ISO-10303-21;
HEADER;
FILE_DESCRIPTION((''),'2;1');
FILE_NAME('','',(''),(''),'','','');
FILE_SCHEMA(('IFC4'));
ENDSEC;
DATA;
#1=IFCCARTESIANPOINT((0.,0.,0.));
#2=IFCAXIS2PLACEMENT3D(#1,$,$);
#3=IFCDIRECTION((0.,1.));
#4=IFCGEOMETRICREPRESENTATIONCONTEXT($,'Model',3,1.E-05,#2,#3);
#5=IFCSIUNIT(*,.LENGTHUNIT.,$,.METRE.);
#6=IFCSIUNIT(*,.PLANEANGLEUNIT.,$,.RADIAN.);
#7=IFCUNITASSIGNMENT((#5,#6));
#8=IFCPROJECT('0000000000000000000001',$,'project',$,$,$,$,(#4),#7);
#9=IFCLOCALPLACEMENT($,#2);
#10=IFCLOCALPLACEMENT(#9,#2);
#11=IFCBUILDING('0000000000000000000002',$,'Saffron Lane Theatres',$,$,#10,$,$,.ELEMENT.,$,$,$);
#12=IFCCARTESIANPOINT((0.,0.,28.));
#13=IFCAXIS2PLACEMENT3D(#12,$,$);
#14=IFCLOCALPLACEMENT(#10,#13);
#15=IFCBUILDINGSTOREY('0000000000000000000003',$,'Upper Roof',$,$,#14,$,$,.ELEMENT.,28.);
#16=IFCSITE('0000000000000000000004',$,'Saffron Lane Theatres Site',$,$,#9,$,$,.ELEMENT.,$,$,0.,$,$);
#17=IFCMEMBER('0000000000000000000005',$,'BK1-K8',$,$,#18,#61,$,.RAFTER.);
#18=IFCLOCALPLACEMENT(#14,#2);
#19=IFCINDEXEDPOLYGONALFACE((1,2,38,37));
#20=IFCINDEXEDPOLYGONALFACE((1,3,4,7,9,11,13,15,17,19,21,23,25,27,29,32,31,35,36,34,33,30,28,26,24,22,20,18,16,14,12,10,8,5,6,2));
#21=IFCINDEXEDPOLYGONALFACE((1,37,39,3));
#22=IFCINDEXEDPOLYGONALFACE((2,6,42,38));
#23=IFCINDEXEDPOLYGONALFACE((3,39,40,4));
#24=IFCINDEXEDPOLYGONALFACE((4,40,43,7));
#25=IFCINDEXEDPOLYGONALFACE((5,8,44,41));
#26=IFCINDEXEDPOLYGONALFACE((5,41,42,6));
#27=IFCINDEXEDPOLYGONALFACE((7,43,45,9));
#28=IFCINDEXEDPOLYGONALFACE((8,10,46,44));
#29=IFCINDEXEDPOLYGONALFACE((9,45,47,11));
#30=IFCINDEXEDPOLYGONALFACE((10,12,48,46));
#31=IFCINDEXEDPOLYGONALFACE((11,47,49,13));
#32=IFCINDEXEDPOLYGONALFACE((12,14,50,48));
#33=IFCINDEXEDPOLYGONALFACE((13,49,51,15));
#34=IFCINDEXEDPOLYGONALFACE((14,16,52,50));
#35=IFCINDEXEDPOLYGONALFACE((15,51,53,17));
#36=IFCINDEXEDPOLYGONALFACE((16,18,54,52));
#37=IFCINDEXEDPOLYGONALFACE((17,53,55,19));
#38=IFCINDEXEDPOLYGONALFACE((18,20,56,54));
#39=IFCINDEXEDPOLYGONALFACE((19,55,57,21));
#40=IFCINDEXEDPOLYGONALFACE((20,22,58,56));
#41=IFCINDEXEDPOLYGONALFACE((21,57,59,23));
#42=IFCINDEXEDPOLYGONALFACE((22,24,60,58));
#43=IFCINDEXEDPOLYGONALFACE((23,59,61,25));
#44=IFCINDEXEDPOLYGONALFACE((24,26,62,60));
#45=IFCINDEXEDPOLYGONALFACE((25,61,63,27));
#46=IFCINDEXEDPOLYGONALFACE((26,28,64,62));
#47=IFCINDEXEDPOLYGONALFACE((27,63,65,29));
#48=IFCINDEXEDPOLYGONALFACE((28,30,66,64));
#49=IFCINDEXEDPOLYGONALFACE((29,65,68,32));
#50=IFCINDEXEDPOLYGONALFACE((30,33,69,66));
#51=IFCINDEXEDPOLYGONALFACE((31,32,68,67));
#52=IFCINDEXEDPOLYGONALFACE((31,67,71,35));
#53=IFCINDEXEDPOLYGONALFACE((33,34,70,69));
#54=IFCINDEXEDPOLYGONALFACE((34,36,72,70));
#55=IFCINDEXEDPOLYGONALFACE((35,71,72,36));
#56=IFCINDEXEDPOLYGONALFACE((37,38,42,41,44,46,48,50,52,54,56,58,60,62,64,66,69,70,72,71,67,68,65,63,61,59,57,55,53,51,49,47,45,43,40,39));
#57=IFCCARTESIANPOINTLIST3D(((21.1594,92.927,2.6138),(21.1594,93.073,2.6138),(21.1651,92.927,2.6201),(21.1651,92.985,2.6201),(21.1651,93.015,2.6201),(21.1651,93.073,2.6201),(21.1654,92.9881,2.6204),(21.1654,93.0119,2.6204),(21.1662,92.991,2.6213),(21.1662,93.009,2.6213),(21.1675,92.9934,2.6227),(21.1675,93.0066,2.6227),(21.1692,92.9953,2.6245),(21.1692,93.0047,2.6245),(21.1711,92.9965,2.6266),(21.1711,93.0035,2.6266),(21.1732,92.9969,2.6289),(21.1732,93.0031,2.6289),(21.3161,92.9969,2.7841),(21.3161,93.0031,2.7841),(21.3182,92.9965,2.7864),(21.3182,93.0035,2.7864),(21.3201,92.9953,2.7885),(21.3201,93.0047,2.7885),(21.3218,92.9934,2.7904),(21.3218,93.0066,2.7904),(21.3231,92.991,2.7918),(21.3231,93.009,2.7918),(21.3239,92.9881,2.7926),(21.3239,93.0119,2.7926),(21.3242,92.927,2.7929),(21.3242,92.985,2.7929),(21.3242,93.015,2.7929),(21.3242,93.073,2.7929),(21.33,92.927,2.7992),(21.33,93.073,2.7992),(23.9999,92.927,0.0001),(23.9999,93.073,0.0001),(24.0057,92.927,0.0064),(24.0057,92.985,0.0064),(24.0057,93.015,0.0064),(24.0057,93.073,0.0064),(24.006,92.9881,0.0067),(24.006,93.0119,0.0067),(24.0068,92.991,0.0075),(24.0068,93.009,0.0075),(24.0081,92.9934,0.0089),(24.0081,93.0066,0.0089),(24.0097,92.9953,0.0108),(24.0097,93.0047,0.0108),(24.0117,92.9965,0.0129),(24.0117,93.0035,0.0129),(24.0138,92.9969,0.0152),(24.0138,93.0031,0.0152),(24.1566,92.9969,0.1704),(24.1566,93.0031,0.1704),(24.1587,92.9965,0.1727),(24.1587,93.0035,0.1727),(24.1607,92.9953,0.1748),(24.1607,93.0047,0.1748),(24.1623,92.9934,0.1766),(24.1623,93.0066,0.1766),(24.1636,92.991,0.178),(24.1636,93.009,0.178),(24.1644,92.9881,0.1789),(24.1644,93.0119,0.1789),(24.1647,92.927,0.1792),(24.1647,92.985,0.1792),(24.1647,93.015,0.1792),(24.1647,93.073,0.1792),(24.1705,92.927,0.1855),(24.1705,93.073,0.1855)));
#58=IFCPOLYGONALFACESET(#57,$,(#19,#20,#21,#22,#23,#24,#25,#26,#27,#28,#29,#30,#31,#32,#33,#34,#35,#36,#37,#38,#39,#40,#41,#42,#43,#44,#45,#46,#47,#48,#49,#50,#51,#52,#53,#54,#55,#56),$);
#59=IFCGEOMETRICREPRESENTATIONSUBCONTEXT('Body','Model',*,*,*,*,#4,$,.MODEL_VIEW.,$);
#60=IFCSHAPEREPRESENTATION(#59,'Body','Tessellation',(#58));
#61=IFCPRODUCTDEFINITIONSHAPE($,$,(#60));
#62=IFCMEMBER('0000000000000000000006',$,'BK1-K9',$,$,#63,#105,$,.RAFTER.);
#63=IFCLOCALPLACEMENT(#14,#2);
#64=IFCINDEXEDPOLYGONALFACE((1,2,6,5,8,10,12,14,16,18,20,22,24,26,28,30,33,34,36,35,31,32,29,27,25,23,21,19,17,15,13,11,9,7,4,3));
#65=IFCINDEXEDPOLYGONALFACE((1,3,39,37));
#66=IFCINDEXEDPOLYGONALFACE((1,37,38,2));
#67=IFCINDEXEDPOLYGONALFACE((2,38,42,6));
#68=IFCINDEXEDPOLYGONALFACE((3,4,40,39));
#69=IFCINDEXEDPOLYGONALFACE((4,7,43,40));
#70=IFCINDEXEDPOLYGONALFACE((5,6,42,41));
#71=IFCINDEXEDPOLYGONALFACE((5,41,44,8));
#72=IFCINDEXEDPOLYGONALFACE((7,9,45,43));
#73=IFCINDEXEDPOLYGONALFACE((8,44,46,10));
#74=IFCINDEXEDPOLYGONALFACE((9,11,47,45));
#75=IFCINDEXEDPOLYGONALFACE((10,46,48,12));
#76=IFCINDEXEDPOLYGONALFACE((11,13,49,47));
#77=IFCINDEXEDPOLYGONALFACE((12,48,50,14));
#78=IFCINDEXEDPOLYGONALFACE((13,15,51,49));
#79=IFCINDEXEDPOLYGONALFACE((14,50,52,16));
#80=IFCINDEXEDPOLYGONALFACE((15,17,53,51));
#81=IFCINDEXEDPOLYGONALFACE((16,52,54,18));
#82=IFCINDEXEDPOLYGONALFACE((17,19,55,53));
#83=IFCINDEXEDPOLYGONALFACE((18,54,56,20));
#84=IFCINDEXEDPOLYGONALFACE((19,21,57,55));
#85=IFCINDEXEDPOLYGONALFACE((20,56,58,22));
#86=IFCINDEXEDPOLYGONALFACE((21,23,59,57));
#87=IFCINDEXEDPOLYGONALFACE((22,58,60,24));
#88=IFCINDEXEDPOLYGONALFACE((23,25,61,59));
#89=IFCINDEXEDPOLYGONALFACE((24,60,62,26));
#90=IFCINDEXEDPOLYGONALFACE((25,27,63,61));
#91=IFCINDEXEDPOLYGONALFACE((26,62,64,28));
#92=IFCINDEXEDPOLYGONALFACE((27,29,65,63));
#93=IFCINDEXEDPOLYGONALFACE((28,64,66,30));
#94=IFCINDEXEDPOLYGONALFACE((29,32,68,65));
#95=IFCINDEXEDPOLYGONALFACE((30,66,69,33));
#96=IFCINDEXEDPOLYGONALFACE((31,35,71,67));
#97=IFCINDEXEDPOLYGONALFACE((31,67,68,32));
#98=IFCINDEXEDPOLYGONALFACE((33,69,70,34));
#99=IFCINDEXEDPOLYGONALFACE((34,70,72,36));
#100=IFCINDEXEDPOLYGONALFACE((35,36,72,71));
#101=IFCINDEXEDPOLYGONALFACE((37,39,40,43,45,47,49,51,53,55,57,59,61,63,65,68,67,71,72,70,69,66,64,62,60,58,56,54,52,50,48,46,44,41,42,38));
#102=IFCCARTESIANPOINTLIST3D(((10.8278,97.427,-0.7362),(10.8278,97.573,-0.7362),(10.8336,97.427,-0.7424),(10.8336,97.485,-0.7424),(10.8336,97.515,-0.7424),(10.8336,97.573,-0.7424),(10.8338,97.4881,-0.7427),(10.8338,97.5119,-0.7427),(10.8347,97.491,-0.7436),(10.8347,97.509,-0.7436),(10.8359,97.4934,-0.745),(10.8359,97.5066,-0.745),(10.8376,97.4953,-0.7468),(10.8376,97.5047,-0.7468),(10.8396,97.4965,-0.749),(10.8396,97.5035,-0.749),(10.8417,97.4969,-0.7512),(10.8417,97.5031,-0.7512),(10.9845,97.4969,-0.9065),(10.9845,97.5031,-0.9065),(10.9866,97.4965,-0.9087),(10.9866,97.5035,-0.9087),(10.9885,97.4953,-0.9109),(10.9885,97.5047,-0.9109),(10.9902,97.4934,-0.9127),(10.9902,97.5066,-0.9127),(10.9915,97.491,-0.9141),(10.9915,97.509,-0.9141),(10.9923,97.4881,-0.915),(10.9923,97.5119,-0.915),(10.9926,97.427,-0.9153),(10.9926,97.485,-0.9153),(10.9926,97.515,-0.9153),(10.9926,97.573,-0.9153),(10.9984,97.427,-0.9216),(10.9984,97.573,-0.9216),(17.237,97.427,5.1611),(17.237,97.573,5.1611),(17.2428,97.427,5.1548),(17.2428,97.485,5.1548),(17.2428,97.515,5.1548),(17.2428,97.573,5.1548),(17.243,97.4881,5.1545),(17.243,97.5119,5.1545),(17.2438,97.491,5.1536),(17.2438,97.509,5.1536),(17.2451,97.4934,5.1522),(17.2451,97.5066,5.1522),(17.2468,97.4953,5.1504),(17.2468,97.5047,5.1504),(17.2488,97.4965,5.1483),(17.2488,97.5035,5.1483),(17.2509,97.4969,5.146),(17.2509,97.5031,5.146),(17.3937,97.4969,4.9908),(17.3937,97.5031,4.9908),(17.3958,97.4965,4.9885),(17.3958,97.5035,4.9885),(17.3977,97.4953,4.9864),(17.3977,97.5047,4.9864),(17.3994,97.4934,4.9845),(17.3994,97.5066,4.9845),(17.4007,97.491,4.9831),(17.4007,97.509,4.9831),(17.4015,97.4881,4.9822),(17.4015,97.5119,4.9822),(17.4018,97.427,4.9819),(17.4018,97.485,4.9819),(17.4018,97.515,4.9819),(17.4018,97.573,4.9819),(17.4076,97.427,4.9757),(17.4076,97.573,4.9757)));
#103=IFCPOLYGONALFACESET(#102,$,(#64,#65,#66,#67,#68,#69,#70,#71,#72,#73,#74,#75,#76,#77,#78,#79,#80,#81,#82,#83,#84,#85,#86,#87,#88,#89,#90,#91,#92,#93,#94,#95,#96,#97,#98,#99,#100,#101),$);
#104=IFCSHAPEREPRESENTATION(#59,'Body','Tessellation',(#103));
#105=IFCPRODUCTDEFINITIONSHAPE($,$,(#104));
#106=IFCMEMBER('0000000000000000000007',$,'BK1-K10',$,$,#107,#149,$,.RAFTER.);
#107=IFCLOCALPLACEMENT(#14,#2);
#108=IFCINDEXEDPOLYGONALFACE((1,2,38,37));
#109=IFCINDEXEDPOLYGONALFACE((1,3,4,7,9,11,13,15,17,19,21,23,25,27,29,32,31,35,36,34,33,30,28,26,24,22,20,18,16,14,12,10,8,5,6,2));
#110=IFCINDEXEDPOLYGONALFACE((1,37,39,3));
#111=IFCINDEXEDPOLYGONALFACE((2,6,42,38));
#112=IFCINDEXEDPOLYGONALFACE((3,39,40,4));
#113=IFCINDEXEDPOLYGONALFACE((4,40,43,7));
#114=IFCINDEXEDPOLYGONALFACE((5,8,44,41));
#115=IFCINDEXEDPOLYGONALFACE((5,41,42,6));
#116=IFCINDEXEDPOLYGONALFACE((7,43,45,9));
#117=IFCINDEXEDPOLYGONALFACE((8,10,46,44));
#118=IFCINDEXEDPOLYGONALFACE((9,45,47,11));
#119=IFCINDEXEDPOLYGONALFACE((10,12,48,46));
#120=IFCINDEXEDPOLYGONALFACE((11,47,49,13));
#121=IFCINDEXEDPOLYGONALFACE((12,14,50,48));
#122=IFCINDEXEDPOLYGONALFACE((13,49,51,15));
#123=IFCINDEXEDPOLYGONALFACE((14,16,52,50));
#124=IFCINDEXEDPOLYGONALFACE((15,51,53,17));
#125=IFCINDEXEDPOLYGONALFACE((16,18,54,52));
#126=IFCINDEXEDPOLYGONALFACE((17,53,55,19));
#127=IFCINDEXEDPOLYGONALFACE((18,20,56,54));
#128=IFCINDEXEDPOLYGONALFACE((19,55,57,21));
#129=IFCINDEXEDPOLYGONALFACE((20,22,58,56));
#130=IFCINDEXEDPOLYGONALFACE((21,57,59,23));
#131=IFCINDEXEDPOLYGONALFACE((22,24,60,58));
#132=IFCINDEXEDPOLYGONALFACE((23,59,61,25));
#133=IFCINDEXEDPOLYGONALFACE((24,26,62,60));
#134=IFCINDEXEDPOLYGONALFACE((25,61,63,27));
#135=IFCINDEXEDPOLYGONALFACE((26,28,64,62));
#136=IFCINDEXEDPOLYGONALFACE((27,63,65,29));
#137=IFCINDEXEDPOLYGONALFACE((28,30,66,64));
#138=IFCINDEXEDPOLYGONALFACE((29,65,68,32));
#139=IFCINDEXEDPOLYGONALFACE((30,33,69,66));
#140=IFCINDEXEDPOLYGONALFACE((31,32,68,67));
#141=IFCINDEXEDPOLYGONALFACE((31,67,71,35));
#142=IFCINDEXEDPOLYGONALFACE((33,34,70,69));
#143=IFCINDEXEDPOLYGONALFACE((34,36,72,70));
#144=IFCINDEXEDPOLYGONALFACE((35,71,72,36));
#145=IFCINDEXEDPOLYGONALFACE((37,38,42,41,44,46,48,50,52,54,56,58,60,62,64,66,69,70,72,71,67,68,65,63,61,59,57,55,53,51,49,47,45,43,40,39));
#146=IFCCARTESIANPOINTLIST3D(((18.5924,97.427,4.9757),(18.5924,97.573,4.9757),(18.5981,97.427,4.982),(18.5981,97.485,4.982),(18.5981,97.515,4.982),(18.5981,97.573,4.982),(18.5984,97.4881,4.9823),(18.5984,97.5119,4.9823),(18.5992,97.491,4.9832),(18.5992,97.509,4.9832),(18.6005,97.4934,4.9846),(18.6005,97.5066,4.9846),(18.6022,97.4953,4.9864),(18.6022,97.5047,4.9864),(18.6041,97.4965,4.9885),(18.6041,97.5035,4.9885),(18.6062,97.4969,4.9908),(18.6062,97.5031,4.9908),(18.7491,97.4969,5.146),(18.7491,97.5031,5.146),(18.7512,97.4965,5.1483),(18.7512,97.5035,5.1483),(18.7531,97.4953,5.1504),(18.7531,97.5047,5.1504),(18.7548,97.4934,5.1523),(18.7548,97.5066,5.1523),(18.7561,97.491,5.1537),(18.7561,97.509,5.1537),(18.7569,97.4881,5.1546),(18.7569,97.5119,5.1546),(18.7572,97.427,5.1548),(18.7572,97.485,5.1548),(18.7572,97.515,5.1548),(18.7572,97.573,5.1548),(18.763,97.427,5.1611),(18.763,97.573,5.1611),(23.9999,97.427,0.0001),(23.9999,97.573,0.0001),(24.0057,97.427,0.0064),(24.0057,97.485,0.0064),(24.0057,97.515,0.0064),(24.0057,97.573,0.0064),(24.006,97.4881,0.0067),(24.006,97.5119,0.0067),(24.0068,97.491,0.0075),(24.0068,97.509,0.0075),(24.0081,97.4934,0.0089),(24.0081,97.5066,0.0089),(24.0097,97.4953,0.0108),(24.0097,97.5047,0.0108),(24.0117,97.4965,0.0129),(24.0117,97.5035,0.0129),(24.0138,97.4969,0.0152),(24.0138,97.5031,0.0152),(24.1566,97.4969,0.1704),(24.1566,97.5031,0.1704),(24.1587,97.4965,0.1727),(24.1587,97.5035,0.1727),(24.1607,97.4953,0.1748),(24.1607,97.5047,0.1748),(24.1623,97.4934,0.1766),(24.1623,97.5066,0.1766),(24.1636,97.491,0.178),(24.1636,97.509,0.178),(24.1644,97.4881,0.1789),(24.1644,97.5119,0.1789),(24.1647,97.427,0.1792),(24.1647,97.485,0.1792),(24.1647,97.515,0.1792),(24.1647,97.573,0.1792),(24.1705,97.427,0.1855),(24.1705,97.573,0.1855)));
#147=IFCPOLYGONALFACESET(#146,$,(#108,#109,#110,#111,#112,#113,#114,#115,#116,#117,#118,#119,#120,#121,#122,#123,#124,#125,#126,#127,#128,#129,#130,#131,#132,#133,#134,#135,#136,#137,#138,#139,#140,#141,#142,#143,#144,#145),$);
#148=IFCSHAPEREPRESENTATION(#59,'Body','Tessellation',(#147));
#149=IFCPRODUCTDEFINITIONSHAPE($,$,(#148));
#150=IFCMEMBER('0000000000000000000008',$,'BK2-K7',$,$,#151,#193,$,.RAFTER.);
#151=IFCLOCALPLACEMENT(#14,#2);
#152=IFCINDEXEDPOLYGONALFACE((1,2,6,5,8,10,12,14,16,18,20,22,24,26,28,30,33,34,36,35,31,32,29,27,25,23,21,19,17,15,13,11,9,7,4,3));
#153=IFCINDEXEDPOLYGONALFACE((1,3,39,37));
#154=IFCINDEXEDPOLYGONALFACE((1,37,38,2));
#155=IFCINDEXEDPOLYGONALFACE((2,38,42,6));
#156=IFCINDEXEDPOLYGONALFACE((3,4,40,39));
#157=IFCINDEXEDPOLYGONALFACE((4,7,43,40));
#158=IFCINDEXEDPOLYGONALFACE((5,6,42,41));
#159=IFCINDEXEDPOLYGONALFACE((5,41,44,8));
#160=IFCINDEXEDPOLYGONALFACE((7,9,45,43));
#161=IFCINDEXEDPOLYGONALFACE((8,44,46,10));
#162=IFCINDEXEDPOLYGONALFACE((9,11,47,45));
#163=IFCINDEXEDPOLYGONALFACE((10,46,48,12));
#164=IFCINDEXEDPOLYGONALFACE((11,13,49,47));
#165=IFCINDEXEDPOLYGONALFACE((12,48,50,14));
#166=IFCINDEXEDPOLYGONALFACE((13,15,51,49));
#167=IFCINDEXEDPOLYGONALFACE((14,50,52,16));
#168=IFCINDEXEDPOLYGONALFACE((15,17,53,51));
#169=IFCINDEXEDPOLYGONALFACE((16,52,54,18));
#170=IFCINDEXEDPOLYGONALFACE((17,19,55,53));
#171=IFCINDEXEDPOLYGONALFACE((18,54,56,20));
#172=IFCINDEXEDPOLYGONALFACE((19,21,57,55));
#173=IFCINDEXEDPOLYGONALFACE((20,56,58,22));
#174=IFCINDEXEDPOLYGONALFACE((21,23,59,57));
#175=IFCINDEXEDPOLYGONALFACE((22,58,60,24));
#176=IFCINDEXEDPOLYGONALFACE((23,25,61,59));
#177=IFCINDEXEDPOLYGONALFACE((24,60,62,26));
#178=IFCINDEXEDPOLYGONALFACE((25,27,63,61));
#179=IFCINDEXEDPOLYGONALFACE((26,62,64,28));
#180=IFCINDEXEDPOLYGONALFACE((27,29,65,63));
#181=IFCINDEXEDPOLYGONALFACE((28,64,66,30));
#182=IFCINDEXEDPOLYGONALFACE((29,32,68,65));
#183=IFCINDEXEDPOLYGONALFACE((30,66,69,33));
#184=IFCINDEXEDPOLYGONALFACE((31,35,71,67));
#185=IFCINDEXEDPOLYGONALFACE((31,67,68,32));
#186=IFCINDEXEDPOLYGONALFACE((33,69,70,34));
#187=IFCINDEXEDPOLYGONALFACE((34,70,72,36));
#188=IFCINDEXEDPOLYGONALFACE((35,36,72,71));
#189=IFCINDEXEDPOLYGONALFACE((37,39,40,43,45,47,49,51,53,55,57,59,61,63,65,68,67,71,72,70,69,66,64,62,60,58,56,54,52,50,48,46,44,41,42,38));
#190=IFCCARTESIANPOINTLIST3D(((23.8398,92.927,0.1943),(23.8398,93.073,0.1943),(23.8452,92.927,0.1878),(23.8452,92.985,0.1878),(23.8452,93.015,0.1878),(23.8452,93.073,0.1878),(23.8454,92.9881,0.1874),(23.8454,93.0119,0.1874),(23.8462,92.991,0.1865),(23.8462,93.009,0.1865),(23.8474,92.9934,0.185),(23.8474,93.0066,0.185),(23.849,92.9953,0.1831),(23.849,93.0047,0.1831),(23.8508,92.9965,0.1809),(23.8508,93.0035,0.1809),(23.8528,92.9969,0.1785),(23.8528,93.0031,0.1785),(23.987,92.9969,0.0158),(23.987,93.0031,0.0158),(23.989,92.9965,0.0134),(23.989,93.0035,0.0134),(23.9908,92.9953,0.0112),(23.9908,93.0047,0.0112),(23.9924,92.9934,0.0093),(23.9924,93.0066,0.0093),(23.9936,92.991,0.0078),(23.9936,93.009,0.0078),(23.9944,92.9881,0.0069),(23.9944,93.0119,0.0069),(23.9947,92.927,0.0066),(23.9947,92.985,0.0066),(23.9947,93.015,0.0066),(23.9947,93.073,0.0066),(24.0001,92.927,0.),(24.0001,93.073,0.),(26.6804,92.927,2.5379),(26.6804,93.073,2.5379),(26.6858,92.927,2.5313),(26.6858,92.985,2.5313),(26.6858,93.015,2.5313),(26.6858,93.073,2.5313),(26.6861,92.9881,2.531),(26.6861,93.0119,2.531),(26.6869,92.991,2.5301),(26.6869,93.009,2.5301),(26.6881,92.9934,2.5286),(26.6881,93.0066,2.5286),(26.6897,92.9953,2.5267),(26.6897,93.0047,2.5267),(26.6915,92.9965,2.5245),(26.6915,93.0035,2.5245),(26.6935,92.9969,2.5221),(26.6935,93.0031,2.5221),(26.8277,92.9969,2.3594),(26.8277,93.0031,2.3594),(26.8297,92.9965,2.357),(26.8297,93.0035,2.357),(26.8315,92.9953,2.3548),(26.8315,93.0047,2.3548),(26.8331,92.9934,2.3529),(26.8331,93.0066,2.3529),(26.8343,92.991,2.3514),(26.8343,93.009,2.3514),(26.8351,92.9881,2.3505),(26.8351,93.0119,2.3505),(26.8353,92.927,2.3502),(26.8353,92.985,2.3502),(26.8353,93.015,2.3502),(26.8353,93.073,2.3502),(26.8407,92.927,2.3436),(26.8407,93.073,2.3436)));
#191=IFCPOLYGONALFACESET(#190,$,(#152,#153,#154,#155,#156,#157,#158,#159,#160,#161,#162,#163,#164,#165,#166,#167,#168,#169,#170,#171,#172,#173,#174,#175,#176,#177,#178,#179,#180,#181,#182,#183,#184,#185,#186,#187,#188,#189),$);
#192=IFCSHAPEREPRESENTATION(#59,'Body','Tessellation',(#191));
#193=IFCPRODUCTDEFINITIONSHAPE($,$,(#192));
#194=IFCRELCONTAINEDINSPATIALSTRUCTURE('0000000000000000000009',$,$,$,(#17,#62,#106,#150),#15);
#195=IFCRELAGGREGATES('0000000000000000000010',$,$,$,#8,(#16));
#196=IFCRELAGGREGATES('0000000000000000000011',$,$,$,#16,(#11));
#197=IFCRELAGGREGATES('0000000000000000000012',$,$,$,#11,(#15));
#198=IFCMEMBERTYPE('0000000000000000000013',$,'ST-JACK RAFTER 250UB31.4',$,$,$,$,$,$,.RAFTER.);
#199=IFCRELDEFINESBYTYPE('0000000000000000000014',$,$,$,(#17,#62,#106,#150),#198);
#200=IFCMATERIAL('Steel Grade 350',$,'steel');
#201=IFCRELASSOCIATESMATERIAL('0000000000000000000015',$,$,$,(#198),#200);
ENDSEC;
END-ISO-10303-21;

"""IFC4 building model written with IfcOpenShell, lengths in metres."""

from ifc_helpers import new_model, si_unit, direction, frame, origin, origin_2d, place, context, subcontext, project, spatial, i_section, extrude, material, material_profile, profile_set, type_object, element, save


model = new_model("IFC4")

# Units and contexts
model_context = context("Model", 3, precision=1e-05, world=origin(), true_north=direction((0.0, 1.0)))
body_context = subcontext(model_context, "Body", "Model", "MODEL_VIEW")
ifc_project = project(units=[si_unit("LENGTHUNIT", "METRE"), si_unit("PLANEANGLEUNIT", "RADIAN")], contexts=[model_context])

# Site, building, storey
site_placement = place(None, origin())
site = spatial("IfcSite", under=ifc_project, at=site_placement, Name="Saffron Lane Theatres Site", CompositionType="ELEMENT", RefElevation=0.0)
building_placement = place(site_placement, origin())
building = spatial("IfcBuilding", under=site, at=building_placement, Name="Saffron Lane Theatres", CompositionType="ELEMENT")
storey_placement = place(building_placement, frame((0.0, 0.0, 28.0)))
storey = spatial("IfcBuildingStorey", under=building, at=storey_placement, Name="Upper Roof", CompositionType="ELEMENT", Elevation=28.0)

# Members
ifc_material_1 = material(Name="Steel Grade 350", Category="steel")
ifc_material_profile_1 = material_profile(ifc_material_1, i_section(OverallWidth=0.146, OverallDepth=0.252, WebThickness=0.0061, FlangeThickness=0.0085, FilletRadius=0.012, at=origin_2d()))
ifc_profile_set_1 = profile_set([ifc_material_profile_1], Name="Steel Grade 350")
member_type_1 = type_object("IfcMemberType", Name="ST-JACK RAFTER 250UB31.4", PredefinedType="RAFTER", material=ifc_profile_set_1)
member_1_placement = place(storey_placement, frame((24.0852, 93.0, 0.0928), z_axis=(-0.735874, 0.0, 0.677118), x_axis=(0.0, -1.0, 0.0)))
element("IfcMember", 1, at=member_1_placement, inside=storey, type_object=member_type_1, Name="BK1-K8", PredefinedType="RAFTER", context=body_context, shape_type="SweptSolid", body=[
    extrude(i_section(OverallWidth=0.146, OverallDepth=0.252, WebThickness=0.0061, FlangeThickness=0.0085, FilletRadius=0.012, at=origin_2d()), origin(), (0.0, 0.0, 1.0), 3.8601),
])
member_2_placement = place(storey_placement, frame((10.9131, 97.5, -0.8289), z_axis=(0.735887, 0.0, 0.677105), x_axis=(0.0, 1.0, 0.0)))
element("IfcMember", 2, at=member_2_placement, inside=storey, type_object=member_type_1, Name="BK1-K9", PredefinedType="RAFTER", context=body_context, shape_type="SweptSolid", body=[
    extrude(i_section(OverallWidth=0.146, OverallDepth=0.252, WebThickness=0.0061, FlangeThickness=0.0085, FilletRadius=0.012, at=origin_2d()), origin(), (0.0, 0.0, 1.0), 8.7095),
])
member_3_placement = place(storey_placement, frame((24.0852, 97.5, 0.0928), z_axis=(-0.735883, 0.0, 0.677109), x_axis=(0.0, -1.0, 0.0)))
element("IfcMember", 3, at=member_3_placement, inside=storey, type_object=member_type_1, Name="BK1-K10", PredefinedType="RAFTER", context=body_context, shape_type="SweptSolid", body=[
    extrude(i_section(OverallWidth=0.146, OverallDepth=0.252, WebThickness=0.0061, FlangeThickness=0.0085, FilletRadius=0.012, at=origin_2d()), origin(), (0.0, 0.0, 1.0), 7.3484),
])
member_4_placement = place(storey_placement, frame((23.9199, 93.0, 0.0972), z_axis=(0.771369, 0.0, 0.636388), x_axis=(0.0, 1.0, 0.0)))
element("IfcMember", 4, at=member_4_placement, inside=storey, type_object=member_type_1, Name="BK2-K7", PredefinedType="RAFTER", context=body_context, shape_type="SweptSolid", body=[
    extrude(i_section(OverallWidth=0.146, OverallDepth=0.252, WebThickness=0.0061, FlangeThickness=0.0085, FilletRadius=0.012, at=origin_2d()), origin(), (0.0, 0.0, 1.0), 3.6826),
])

save(model, "model.ifc")
